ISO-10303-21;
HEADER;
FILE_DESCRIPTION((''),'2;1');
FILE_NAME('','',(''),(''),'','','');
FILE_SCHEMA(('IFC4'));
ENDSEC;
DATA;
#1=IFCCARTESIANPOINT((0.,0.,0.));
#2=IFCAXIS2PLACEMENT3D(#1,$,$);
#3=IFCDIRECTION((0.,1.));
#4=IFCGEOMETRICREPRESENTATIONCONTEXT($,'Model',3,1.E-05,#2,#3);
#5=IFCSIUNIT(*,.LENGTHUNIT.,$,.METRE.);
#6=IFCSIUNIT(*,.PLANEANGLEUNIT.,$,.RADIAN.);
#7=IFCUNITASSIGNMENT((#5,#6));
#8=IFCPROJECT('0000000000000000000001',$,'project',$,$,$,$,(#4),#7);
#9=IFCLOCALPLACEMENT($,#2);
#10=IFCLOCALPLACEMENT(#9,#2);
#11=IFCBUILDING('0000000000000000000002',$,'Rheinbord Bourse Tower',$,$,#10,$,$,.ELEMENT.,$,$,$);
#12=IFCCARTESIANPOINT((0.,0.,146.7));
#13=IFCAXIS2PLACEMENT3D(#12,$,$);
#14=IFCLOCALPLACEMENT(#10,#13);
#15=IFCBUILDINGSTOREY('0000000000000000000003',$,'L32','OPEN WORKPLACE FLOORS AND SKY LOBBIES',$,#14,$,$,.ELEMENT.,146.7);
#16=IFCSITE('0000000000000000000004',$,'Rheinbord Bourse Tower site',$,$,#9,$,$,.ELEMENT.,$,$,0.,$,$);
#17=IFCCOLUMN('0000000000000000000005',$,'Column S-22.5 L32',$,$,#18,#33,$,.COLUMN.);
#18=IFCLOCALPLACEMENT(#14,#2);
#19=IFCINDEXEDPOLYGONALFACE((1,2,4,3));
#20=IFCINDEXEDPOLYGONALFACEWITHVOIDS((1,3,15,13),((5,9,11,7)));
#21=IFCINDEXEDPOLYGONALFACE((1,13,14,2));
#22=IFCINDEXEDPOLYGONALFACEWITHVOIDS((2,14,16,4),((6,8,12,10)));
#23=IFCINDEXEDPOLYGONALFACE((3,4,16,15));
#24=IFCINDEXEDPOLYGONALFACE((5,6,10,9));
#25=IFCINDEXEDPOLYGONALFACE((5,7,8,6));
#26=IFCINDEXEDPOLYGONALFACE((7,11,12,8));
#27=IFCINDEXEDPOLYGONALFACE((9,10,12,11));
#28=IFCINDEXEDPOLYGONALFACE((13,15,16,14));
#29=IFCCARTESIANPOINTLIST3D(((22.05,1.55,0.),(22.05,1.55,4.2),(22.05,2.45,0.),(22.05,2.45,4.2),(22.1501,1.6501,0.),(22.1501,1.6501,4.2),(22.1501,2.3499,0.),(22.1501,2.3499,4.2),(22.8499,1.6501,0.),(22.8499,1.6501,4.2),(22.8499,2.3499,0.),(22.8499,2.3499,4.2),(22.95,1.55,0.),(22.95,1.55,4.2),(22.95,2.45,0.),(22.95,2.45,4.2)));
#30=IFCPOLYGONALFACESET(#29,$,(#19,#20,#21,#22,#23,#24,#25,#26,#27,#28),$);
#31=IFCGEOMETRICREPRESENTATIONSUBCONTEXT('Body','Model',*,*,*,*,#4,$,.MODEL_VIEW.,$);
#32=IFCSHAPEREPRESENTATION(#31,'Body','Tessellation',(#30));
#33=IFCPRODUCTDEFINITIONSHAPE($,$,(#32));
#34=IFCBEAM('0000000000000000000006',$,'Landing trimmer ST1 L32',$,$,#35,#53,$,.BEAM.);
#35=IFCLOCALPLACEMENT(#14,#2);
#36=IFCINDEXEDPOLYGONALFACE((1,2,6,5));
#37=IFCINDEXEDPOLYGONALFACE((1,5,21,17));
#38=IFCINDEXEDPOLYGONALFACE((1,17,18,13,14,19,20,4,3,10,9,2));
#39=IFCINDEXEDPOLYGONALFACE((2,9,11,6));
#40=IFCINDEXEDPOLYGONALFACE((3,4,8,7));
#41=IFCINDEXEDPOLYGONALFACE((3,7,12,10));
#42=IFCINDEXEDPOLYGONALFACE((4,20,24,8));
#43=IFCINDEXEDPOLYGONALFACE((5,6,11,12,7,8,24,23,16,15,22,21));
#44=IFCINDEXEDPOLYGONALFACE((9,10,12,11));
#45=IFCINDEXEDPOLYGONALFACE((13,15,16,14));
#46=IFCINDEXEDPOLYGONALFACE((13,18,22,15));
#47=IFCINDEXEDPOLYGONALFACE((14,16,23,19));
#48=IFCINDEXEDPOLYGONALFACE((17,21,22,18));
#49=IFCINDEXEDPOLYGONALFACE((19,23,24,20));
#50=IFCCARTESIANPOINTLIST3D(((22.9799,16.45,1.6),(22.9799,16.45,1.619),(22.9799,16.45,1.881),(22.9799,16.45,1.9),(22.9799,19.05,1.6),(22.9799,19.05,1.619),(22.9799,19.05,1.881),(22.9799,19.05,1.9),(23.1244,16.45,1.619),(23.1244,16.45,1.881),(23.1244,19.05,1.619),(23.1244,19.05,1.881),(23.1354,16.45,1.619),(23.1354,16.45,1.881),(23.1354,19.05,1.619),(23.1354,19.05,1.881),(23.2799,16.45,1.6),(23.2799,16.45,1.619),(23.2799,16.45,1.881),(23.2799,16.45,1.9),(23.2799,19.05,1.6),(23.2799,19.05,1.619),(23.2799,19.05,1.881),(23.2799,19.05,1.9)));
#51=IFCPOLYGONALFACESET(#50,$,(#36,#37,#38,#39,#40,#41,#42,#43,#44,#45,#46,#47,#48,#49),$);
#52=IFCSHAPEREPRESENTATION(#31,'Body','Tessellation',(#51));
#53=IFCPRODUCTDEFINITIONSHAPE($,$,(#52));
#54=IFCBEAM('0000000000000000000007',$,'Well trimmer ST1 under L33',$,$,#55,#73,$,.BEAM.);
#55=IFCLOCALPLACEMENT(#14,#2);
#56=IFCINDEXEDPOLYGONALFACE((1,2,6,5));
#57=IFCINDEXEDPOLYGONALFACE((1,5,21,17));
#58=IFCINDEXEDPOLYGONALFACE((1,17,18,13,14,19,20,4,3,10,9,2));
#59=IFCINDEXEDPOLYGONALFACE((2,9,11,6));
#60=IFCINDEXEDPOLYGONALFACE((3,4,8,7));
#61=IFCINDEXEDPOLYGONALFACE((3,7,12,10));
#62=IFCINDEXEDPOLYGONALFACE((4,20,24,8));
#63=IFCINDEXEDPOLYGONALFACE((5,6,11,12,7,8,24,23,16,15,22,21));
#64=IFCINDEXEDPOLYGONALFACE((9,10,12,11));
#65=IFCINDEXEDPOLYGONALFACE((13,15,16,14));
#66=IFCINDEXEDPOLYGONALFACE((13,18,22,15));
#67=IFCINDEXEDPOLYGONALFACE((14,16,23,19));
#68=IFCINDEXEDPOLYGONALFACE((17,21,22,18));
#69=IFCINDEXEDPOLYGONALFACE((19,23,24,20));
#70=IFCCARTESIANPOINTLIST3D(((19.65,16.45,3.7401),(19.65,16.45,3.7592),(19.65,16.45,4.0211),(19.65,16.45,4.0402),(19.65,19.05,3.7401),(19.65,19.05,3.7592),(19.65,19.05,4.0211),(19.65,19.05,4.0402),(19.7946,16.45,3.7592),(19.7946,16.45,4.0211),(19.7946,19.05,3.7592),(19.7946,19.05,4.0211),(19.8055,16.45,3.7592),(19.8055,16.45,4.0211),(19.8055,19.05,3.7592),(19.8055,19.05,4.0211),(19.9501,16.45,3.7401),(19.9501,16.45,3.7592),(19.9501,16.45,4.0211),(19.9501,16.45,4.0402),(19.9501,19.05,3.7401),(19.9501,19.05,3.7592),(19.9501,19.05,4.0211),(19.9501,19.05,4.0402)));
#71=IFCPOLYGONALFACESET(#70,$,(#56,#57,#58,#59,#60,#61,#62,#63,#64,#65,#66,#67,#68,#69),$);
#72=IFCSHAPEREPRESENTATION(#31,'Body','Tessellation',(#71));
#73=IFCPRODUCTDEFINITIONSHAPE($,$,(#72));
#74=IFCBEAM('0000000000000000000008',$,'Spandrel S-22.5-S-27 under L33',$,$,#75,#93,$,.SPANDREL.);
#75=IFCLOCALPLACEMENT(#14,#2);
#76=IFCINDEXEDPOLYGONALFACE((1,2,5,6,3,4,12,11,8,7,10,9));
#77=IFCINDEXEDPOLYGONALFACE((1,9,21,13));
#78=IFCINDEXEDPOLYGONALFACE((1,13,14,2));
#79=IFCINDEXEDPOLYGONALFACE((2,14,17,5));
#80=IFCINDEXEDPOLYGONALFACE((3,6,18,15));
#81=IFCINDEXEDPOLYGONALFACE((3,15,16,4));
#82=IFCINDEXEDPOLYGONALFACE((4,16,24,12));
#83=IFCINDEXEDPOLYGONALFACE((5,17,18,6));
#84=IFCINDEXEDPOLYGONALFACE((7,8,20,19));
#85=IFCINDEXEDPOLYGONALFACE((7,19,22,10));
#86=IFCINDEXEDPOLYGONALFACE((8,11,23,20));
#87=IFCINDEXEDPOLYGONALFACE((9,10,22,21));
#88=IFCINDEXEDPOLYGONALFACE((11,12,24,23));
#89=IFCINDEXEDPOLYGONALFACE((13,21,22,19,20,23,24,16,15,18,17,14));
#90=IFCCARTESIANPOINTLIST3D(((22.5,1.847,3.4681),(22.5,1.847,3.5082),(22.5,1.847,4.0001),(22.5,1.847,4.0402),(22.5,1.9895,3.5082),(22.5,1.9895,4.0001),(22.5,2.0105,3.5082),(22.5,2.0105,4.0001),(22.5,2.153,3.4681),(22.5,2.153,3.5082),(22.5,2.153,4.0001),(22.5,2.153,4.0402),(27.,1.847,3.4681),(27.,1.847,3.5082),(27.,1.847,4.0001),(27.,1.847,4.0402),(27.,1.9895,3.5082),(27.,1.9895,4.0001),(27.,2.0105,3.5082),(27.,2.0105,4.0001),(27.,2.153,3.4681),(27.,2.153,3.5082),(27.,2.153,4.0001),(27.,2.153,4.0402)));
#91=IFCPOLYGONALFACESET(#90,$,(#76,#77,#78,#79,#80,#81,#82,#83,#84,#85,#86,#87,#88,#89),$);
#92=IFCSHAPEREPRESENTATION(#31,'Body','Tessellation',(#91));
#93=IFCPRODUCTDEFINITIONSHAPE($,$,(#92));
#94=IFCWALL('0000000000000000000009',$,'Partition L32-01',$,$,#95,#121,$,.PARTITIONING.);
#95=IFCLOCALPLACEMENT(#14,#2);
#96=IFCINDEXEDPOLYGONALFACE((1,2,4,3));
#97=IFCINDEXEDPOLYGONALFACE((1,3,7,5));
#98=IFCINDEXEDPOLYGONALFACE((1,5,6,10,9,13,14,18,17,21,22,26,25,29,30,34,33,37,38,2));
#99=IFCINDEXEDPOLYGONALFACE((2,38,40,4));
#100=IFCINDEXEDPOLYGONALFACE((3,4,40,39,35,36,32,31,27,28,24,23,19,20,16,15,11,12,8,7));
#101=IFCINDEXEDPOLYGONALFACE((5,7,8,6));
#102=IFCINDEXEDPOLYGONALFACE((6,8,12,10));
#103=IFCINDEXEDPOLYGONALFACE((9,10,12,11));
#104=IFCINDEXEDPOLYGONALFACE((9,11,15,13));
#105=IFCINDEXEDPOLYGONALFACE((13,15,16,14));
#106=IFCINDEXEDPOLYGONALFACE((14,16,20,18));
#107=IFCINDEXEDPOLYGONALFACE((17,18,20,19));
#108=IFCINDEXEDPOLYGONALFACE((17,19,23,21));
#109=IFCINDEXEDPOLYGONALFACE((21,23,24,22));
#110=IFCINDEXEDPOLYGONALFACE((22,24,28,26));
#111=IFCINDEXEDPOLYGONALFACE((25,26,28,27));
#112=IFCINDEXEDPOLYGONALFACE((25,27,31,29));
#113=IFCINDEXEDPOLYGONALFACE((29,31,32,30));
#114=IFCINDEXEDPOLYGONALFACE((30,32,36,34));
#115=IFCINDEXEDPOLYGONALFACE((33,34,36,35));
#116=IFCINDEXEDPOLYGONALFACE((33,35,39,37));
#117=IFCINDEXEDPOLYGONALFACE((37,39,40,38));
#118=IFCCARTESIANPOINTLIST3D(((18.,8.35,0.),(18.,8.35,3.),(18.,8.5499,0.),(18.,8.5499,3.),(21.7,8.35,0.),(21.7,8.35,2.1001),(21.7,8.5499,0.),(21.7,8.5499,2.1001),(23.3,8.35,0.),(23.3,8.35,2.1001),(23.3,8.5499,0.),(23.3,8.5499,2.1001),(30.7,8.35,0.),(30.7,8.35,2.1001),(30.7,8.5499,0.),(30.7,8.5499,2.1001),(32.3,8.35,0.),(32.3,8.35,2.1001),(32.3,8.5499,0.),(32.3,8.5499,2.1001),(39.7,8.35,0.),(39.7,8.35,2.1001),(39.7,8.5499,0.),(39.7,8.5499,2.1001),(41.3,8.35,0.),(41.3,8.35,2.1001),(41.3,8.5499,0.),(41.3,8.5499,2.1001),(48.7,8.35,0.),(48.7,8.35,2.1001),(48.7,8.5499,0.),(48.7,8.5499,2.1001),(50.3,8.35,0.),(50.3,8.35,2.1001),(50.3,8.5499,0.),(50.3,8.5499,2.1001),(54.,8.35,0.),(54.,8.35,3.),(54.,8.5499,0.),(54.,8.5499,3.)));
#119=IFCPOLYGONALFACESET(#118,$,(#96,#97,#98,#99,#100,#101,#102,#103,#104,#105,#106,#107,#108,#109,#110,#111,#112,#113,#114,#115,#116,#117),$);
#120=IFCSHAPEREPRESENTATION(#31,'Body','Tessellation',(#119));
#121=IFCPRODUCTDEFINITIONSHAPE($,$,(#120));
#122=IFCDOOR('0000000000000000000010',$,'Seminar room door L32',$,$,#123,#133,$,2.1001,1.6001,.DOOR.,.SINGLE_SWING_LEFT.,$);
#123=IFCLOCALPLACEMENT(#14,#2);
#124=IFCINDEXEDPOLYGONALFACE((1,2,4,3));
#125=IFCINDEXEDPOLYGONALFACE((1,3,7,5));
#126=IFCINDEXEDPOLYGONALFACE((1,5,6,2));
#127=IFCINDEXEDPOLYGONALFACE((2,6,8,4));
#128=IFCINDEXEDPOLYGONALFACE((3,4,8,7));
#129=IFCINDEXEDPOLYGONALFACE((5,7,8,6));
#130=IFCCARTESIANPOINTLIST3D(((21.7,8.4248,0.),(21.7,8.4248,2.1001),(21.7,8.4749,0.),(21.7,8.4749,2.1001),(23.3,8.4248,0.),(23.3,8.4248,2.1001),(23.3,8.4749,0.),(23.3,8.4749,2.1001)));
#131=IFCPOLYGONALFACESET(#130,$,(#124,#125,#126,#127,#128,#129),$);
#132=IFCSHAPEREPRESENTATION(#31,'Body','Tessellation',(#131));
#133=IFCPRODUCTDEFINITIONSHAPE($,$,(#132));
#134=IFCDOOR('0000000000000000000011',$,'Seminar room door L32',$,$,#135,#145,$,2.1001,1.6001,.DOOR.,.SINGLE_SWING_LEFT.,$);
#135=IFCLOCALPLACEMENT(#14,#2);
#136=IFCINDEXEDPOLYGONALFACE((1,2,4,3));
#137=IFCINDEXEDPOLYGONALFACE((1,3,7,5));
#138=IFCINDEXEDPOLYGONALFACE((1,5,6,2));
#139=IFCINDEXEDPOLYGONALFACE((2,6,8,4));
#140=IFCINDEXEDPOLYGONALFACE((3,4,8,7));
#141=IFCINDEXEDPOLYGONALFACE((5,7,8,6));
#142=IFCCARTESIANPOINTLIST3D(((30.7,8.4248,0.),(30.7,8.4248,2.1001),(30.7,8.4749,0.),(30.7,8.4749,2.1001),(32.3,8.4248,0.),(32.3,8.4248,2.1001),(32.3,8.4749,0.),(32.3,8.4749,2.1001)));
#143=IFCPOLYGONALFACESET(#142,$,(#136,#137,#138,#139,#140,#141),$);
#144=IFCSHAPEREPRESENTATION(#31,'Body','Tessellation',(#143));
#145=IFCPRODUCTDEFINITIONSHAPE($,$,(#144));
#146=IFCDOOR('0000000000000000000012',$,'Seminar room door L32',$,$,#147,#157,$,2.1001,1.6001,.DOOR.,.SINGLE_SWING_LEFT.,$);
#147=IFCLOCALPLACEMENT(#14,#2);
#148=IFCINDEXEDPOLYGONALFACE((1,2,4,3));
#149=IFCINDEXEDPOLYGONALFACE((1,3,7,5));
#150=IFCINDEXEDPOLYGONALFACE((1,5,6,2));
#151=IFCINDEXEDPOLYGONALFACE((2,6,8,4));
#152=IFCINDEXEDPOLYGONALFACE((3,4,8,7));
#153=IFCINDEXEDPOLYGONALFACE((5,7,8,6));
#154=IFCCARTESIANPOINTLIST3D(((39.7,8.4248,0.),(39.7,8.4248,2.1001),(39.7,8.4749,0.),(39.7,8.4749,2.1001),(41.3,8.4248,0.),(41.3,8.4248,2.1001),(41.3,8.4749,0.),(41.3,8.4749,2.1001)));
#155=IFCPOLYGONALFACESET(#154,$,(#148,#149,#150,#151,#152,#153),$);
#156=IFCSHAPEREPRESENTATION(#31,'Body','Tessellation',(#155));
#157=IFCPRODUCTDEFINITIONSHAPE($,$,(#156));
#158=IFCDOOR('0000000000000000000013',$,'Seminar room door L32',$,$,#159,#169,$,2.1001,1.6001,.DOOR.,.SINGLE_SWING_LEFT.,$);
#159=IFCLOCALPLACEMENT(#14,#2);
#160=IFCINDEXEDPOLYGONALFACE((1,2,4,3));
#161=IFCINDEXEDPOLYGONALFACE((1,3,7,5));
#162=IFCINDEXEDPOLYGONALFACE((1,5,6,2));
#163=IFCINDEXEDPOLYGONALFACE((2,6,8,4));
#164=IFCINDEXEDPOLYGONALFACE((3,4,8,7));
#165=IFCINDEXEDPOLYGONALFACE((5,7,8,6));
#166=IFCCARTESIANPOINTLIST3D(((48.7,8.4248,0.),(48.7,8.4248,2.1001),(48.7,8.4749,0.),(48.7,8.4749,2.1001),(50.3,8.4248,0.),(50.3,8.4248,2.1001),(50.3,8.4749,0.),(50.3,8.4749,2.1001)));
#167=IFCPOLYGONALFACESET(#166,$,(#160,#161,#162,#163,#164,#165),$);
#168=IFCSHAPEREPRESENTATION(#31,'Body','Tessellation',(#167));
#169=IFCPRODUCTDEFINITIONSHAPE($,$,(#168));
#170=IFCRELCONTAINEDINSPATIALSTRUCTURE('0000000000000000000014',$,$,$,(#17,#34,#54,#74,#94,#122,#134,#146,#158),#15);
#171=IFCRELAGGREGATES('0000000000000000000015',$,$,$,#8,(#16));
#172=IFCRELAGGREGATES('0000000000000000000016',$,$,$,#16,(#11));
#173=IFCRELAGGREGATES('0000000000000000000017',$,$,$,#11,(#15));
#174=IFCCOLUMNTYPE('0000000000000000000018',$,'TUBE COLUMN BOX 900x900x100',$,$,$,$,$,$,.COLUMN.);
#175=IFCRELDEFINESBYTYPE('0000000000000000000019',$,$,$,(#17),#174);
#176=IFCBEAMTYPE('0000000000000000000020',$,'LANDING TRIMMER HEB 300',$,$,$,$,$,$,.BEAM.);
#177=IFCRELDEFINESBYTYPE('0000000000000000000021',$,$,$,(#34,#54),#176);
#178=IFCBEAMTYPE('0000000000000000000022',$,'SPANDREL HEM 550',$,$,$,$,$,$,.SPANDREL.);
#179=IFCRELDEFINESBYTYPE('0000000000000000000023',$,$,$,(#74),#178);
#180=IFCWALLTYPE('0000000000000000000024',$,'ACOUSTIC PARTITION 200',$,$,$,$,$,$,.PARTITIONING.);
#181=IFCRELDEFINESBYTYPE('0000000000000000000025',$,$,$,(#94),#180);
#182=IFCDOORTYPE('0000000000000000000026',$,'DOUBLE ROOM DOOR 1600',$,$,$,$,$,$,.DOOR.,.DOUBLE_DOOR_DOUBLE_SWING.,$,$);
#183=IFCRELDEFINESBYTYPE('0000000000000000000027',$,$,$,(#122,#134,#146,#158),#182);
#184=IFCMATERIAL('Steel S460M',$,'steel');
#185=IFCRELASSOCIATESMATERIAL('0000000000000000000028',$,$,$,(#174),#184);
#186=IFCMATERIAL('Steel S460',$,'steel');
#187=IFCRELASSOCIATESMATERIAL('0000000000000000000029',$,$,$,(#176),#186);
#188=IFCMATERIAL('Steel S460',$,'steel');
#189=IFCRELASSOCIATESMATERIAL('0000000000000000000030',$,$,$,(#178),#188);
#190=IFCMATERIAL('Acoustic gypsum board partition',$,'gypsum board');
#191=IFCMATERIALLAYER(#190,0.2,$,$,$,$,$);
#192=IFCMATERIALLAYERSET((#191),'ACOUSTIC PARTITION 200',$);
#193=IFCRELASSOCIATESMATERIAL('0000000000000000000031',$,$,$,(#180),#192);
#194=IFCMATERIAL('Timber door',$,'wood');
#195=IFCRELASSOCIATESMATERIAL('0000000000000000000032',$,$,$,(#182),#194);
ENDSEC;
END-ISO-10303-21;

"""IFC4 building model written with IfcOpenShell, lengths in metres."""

from ifc_helpers import new_model, si_unit, direction, frame, frame_2d, origin, origin_2d, place, context, subcontext, project, spatial, rectangle, hollow_rectangle, i_section, extrude, material, layer, layer_set, material_profile, profile_set, type_object, element, fill, save


model = new_model("IFC4")

# Units and contexts
model_context = context("Model", 3, precision=1e-05, world=origin(), true_north=direction((0.0, 1.0)))
body_context = subcontext(model_context, "Body", "Model", "MODEL_VIEW")
ifc_project = project(units=[si_unit("LENGTHUNIT", "METRE"), si_unit("PLANEANGLEUNIT", "RADIAN")], contexts=[model_context])

# Site, building, storey
site_placement = place(None, origin())
site = spatial("IfcSite", under=ifc_project, at=site_placement, Name="Rheinbord Bourse Tower site", CompositionType="ELEMENT", RefElevation=0.0)
building_placement = place(site_placement, origin())
building = spatial("IfcBuilding", under=site, at=building_placement, Name="Rheinbord Bourse Tower", CompositionType="ELEMENT")
storey_placement = place(building_placement, frame((0.0, 0.0, 146.7)))
storey = spatial("IfcBuildingStorey", under=building, at=storey_placement, Name="L32", Description="OPEN WORKPLACE FLOORS AND SKY LOBBIES", CompositionType="ELEMENT", Elevation=146.7)

# Column
ifc_material_1 = material(Name="Steel S460M", Category="steel")
ifc_material_profile_1 = material_profile(ifc_material_1, hollow_rectangle(XDim=0.8999, YDim=0.8999, WallThickness=0.1001, at=origin_2d()), Name="BOX 900x900x100")
ifc_profile_set_1 = profile_set([ifc_material_profile_1], Name="Steel S460M")
column_type = type_object("IfcColumnType", Name="TUBE COLUMN BOX 900x900x100", PredefinedType="COLUMN", material=ifc_profile_set_1)
column_placement = place(storey_placement, frame((22.5, 2.0, 0.0), z_axis=(0.0, 0.0, 1.0), x_axis=(0.0, 1.0, 0.0)))
element("IfcColumn", 1, at=column_placement, inside=storey, type_object=column_type, Name="Column S-22.5 L32", PredefinedType="COLUMN", context=body_context, shape_type="SweptSolid", body=[
    extrude(hollow_rectangle(XDim=0.8999, YDim=0.8999, WallThickness=0.1001, at=origin_2d()), origin(), (0.0, 0.0, 1.0), 4.2),
])

# Beams
ifc_material_2 = material(Name="Steel S460", Category="steel")
ifc_material_profile_2 = material_profile(ifc_material_2, i_section(OverallWidth=0.3, OverallDepth=0.3, WebThickness=0.011, FlangeThickness=0.019, at=origin_2d()), Name="HEB 300")
ifc_profile_set_2 = profile_set([ifc_material_profile_2], Name="Steel S460")
beam_type_1 = type_object("IfcBeamType", Name="LANDING TRIMMER HEB 300", PredefinedType="BEAM", material=ifc_profile_set_2)
for number, where, z_axis, x_axis, name in (
    (2, (23.1299, 16.45, 1.75), (0.0, 1.0, 0.0), (-1.0, 0.0, 0.0), "Landing trimmer ST1 L32"),
    (3, (19.8, 16.45, 3.8901), (0.0, 1.0, 0.0), (-1.0, 0.0, 0.0), "Well trimmer ST1 under L33"),
):
    element("IfcBeam", number, at=place(storey_placement, frame(where, z_axis=z_axis, x_axis=x_axis)), inside=storey, type_object=beam_type_1, Name=name, PredefinedType="BEAM", context=body_context, shape_type="SweptSolid", body=[
        extrude(i_section(OverallWidth=0.3, OverallDepth=0.3, WebThickness=0.011, FlangeThickness=0.019, at=origin_2d()), origin(), (0.0, 0.0, 1.0), 2.6001),
    ])
ifc_material_3 = material(Name="Steel S460", Category="steel")
ifc_material_profile_3 = material_profile(ifc_material_3, i_section(OverallWidth=0.3059, OverallDepth=0.572, WebThickness=0.021, FlangeThickness=0.04, at=origin_2d()), Name="HEM 550")
ifc_profile_set_3 = profile_set([ifc_material_profile_3], Name="Steel S460")
beam_type_2 = type_object("IfcBeamType", Name="SPANDREL HEM 550", PredefinedType="SPANDREL", material=ifc_profile_set_3)
beam_placement = place(storey_placement, frame((22.5, 2.0, 3.7542), z_axis=(1.0, 0.0, 0.0), x_axis=(0.0, 1.0, 0.0)))
element("IfcBeam", 4, at=beam_placement, inside=storey, type_object=beam_type_2, Name="Spandrel S-22.5-S-27 under L33", PredefinedType="SPANDREL", context=body_context, shape_type="SweptSolid", body=[
    extrude(i_section(OverallWidth=0.3059, OverallDepth=0.572, WebThickness=0.021, FlangeThickness=0.04, at=origin_2d()), origin(), (0.0, 0.0, 1.0), 4.5),
])

# Wall, openings, doors
ifc_material_4 = material(Name="Acoustic gypsum board partition", Category="gypsum board")
ifc_layer_1 = layer(ifc_material_4, 0.2)
ifc_layer_set_1 = layer_set([ifc_layer_1], Name="ACOUSTIC PARTITION 200")
wall_type_1 = type_object("IfcWallType", Name="ACOUSTIC PARTITION 200", PredefinedType="PARTITIONING", material=ifc_layer_set_1)
wall_1_placement = place(storey_placement, frame((18.0, 8.45, 0.0), z_axis=(0.0, 0.0, 1.0), x_axis=(1.0, 0.0, 0.0)))
wall_1 = element("IfcWall", 5, at=wall_1_placement, inside=storey, type_object=wall_type_1, Name="Partition L32-01", PredefinedType="PARTITIONING", context=body_context, shape_type="SweptSolid", body=[
    extrude(rectangle(XDim=36.0, YDim=0.2, at=frame_2d((18.0, 0.0))), origin(), (0.0, 0.0, 1.0), 3.0),
])
opening_1_placement = place(wall_1_placement, frame((3.7, 0.0, 0.0)))
opening_1 = element("IfcOpeningElement", 6, at=opening_1_placement, cuts=wall_1, PredefinedType="OPENING", context=body_context, shape_type="SweptSolid", body=[
    extrude(rectangle(XDim=1.6001, YDim=2.1001, at=frame_2d((0.8, 1.05))), frame((0.0, 0.1099, 0.0), z_axis=(0.0, -1.0, 0.0), x_axis=(1.0, 0.0, 0.0)), (0.0, 0.0, 1.0), 0.22),
])
opening_2_placement = place(wall_1_placement, frame((12.7, 0.0, 0.0)))
opening_2 = element("IfcOpeningElement", 7, at=opening_2_placement, cuts=wall_1, PredefinedType="OPENING", context=body_context, shape_type="SweptSolid", body=[
    extrude(rectangle(XDim=1.6001, YDim=2.1001, at=frame_2d((0.8, 1.05))), frame((0.0, 0.1099, 0.0), z_axis=(0.0, -1.0, 0.0), x_axis=(1.0, 0.0, 0.0)), (0.0, 0.0, 1.0), 0.22),
])
opening_3_placement = place(wall_1_placement, frame((21.7, 0.0, 0.0)))
opening_3 = element("IfcOpeningElement", 8, at=opening_3_placement, cuts=wall_1, PredefinedType="OPENING", context=body_context, shape_type="SweptSolid", body=[
    extrude(rectangle(XDim=1.6001, YDim=2.1001, at=frame_2d((0.8, 1.05))), frame((0.0, 0.1099, 0.0), z_axis=(0.0, -1.0, 0.0), x_axis=(1.0, 0.0, 0.0)), (0.0, 0.0, 1.0), 0.22),
])
opening_4_placement = place(wall_1_placement, frame((30.7, 0.0, 0.0)))
opening_4 = element("IfcOpeningElement", 9, at=opening_4_placement, cuts=wall_1, PredefinedType="OPENING", context=body_context, shape_type="SweptSolid", body=[
    extrude(rectangle(XDim=1.6001, YDim=2.1001, at=frame_2d((0.8, 1.05))), frame((0.0, 0.1099, 0.0), z_axis=(0.0, -1.0, 0.0), x_axis=(1.0, 0.0, 0.0)), (0.0, 0.0, 1.0), 0.22),
])
ifc_material_5 = material(Name="Timber door", Category="wood")
door_type_1 = type_object("IfcDoorType", Name="DOUBLE ROOM DOOR 1600", OperationType="DOUBLE_DOOR_DOUBLE_SWING", PredefinedType="DOOR", material=ifc_material_5)
door_1_placement = place(opening_1_placement, origin())
door_1 = element("IfcDoor", 10, at=door_1_placement, inside=storey, type_object=door_type_1, Name="Seminar room door L32", OperationType="SINGLE_SWING_LEFT", OverallHeight=2.1001, OverallWidth=1.6001, PredefinedType="DOOR", context=body_context, shape_type="SweptSolid", body=[
    extrude(rectangle(XDim=1.6001, YDim=2.1001, at=frame_2d((0.8, 1.05))), frame((0.0, 0.0249, 0.0), z_axis=(0.0, -1.0, 0.0), x_axis=(1.0, 0.0, 0.0)), (0.0, 0.0, 1.0), 0.05),
])
fill(opening_1, door_1)
door_2_placement = place(opening_2_placement, origin())
door_2 = element("IfcDoor", 11, at=door_2_placement, inside=storey, type_object=door_type_1, Name="Seminar room door L32", OperationType="SINGLE_SWING_LEFT", OverallHeight=2.1001, OverallWidth=1.6001, PredefinedType="DOOR", context=body_context, shape_type="SweptSolid", body=[
    extrude(rectangle(XDim=1.6001, YDim=2.1001, at=frame_2d((0.8, 1.05))), frame((0.0, 0.0249, 0.0), z_axis=(0.0, -1.0, 0.0), x_axis=(1.0, 0.0, 0.0)), (0.0, 0.0, 1.0), 0.05),
])
fill(opening_2, door_2)
door_3_placement = place(opening_3_placement, origin())
door_3 = element("IfcDoor", 12, at=door_3_placement, inside=storey, type_object=door_type_1, Name="Seminar room door L32", OperationType="SINGLE_SWING_LEFT", OverallHeight=2.1001, OverallWidth=1.6001, PredefinedType="DOOR", context=body_context, shape_type="SweptSolid", body=[
    extrude(rectangle(XDim=1.6001, YDim=2.1001, at=frame_2d((0.8, 1.05))), frame((0.0, 0.0249, 0.0), z_axis=(0.0, -1.0, 0.0), x_axis=(1.0, 0.0, 0.0)), (0.0, 0.0, 1.0), 0.05),
])
fill(opening_3, door_3)
door_4_placement = place(opening_4_placement, origin())
door_4 = element("IfcDoor", 13, at=door_4_placement, inside=storey, type_object=door_type_1, Name="Seminar room door L32", OperationType="SINGLE_SWING_LEFT", OverallHeight=2.1001, OverallWidth=1.6001, PredefinedType="DOOR", context=body_context, shape_type="SweptSolid", body=[
    extrude(rectangle(XDim=1.6001, YDim=2.1001, at=frame_2d((0.8, 1.05))), frame((0.0, 0.0249, 0.0), z_axis=(0.0, -1.0, 0.0), x_axis=(1.0, 0.0, 0.0)), (0.0, 0.0, 1.0), 0.05),
])
fill(opening_4, door_4)

save(model, "model.ifc")
